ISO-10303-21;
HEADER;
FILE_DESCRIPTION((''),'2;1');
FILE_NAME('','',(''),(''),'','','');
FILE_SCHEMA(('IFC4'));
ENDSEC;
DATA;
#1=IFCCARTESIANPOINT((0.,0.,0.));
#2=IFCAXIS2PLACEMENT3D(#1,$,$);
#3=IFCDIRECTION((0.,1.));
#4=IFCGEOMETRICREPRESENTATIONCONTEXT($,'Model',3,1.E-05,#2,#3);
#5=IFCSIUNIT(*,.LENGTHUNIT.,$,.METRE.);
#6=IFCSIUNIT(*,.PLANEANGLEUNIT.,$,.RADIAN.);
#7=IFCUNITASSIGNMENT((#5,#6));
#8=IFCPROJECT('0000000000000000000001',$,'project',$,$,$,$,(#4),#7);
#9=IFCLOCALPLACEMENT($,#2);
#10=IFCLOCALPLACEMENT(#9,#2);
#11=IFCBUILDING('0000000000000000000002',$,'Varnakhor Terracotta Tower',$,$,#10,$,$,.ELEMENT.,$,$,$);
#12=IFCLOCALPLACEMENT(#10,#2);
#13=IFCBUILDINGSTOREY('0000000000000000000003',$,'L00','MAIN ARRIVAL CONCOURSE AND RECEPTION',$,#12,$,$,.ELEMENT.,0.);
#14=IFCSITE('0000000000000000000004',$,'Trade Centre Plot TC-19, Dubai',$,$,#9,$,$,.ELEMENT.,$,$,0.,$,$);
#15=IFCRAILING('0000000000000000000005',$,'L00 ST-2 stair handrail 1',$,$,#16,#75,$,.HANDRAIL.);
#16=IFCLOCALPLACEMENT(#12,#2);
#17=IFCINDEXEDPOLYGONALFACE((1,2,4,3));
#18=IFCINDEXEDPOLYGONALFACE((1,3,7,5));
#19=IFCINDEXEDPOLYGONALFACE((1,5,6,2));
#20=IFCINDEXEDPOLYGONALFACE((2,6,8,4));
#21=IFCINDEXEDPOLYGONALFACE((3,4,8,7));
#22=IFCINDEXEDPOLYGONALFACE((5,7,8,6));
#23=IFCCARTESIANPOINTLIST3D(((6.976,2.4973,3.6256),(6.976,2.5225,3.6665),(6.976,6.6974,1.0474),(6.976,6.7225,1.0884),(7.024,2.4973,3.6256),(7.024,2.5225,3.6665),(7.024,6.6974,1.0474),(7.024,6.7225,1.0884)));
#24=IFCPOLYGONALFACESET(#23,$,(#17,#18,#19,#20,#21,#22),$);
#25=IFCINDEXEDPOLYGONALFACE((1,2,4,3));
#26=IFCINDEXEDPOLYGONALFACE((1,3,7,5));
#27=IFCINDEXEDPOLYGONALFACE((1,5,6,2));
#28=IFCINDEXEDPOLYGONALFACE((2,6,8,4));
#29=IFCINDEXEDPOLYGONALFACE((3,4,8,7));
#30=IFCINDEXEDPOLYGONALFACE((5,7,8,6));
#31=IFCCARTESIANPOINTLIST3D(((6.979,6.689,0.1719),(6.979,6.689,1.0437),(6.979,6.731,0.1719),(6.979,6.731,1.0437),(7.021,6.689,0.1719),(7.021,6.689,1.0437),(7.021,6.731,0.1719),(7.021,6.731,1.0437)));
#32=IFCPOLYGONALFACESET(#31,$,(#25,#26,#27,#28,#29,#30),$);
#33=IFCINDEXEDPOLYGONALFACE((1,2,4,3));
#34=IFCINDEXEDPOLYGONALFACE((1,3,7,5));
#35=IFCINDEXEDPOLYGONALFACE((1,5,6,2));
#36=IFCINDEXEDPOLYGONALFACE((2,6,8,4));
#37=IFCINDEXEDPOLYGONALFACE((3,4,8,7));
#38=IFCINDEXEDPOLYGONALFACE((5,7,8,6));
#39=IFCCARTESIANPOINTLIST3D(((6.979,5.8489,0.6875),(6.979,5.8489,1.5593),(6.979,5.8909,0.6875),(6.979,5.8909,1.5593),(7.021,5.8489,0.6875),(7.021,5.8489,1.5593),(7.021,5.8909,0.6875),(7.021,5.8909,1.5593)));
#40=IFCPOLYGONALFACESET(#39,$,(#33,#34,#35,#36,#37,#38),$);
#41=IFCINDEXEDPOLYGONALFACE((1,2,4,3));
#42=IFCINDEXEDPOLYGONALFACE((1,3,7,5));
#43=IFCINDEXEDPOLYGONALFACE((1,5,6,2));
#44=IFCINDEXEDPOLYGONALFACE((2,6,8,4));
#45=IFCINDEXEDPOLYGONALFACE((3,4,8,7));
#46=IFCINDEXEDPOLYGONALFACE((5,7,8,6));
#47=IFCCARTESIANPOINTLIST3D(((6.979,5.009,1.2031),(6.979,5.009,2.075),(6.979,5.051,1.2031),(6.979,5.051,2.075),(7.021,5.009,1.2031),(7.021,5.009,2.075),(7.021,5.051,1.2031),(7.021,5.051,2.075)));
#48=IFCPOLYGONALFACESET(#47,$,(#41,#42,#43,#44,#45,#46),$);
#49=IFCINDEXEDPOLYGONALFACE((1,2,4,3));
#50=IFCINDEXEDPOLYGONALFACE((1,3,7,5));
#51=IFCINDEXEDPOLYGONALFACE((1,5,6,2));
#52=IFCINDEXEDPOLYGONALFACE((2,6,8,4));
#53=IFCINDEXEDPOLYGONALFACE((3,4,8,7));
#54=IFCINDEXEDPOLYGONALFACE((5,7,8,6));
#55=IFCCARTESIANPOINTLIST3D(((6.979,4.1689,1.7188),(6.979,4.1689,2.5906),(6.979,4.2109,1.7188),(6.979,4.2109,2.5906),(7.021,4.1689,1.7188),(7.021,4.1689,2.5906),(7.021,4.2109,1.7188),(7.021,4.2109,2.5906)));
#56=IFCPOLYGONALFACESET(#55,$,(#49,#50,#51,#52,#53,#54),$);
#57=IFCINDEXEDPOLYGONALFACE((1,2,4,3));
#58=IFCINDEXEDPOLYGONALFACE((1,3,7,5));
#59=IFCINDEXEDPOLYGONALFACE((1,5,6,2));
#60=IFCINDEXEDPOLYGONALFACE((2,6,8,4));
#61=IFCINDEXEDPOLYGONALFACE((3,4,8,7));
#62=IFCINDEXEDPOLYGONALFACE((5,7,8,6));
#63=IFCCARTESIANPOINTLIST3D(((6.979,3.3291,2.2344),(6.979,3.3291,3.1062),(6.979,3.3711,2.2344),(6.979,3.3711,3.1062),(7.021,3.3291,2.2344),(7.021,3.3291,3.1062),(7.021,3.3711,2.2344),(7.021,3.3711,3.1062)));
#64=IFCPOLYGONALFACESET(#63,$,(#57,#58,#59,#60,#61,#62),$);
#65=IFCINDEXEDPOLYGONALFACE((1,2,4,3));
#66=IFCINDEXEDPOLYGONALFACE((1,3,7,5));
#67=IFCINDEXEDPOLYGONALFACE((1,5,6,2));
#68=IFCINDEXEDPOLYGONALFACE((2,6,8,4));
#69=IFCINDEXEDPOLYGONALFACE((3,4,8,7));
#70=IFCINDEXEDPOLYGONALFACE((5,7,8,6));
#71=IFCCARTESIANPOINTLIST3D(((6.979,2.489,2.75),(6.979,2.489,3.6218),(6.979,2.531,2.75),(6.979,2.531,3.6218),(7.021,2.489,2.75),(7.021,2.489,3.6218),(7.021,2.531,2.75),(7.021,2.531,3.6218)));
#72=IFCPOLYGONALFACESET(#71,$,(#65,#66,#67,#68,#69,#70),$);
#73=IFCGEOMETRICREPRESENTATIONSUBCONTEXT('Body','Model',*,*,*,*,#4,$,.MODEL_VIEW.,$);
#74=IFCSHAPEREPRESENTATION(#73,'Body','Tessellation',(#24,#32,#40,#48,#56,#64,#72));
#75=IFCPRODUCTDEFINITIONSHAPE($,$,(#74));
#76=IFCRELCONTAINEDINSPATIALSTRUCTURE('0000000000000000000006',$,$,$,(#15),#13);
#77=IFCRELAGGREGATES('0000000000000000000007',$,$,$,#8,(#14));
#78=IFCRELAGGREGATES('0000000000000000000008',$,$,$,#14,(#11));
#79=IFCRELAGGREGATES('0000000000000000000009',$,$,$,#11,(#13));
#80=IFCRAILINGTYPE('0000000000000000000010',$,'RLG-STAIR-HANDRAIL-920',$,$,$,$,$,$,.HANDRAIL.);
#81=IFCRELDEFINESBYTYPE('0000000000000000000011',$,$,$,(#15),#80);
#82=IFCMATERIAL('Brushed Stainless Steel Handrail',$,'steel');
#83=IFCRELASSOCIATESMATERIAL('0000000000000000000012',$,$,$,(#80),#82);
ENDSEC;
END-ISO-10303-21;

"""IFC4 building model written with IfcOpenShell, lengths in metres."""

from ifc_helpers import new_model, si_unit, direction, frame, origin, origin_2d, place, context, subcontext, project, spatial, rectangle, extrude, material, type_object, element, save


model = new_model("IFC4")

# Units and contexts
model_context = context("Model", 3, precision=1e-05, world=origin(), true_north=direction((0.0, 1.0)))
body_context = subcontext(model_context, "Body", "Model", "MODEL_VIEW")
ifc_project = project(units=[si_unit("LENGTHUNIT", "METRE"), si_unit("PLANEANGLEUNIT", "RADIAN")], contexts=[model_context])

# Site, building, storey
site_placement = place(None, origin())
site = spatial("IfcSite", under=ifc_project, at=site_placement, Name="Trade Centre Plot TC-19, Dubai", CompositionType="ELEMENT", RefElevation=0.0)
building_placement = place(site_placement, origin())
building = spatial("IfcBuilding", under=site, at=building_placement, Name="Varnakhor Terracotta Tower", CompositionType="ELEMENT")
storey_placement = place(building_placement, origin())
storey = spatial("IfcBuildingStorey", under=building, at=storey_placement, Name="L00", Description="MAIN ARRIVAL CONCOURSE AND RECEPTION", CompositionType="ELEMENT", Elevation=0.0)

# Railing
ifc_material_1 = material(Name="Brushed Stainless Steel Handrail", Category="steel")
railing_type_1 = type_object("IfcRailingType", Name="RLG-STAIR-HANDRAIL-920", PredefinedType="HANDRAIL", material=ifc_material_1)
railing_1_placement = place(storey_placement, frame((7.0, 6.71, 0.1719)))
element("IfcRailing", 1, at=railing_1_placement, inside=storey, type_object=railing_type_1, Name="L00 ST-2 stair handrail 1", PredefinedType="HANDRAIL", context=body_context, shape_type="SweptSolid", body=[
    extrude(rectangle(XDim=0.0481, YDim=0.0481, at=origin_2d()), frame((0.0, 0.0, 0.896), z_axis=(0.0, -0.852243, 0.523146), x_axis=(1.0, 0.0, 0.0)), (0.0, 0.0, 1.0), 4.9282),
    extrude(rectangle(XDim=0.042, YDim=0.042, at=origin_2d()), origin(), (0.0, 0.0, 1.0), 0.8718),
    extrude(rectangle(XDim=0.042, YDim=0.042, at=origin_2d()), frame((0.0, -0.8401, 0.5156)), (0.0, 0.0, 1.0), 0.8718),
    extrude(rectangle(XDim=0.042, YDim=0.042, at=origin_2d()), frame((0.0, -1.6799, 1.0312)), (0.0, 0.0, 1.0), 0.8718),
    extrude(rectangle(XDim=0.042, YDim=0.042, at=origin_2d()), frame((0.0, -2.52, 1.5469)), (0.0, 0.0, 1.0), 0.8718),
    extrude(rectangle(XDim=0.042, YDim=0.042, at=origin_2d()), frame((0.0, -3.3599, 2.0625)), (0.0, 0.0, 1.0), 0.8718),
    extrude(rectangle(XDim=0.042, YDim=0.042, at=origin_2d()), frame((0.0, -4.2, 2.5781)), (0.0, 0.0, 1.0), 0.8718),
])

save(model, "model.ifc")
